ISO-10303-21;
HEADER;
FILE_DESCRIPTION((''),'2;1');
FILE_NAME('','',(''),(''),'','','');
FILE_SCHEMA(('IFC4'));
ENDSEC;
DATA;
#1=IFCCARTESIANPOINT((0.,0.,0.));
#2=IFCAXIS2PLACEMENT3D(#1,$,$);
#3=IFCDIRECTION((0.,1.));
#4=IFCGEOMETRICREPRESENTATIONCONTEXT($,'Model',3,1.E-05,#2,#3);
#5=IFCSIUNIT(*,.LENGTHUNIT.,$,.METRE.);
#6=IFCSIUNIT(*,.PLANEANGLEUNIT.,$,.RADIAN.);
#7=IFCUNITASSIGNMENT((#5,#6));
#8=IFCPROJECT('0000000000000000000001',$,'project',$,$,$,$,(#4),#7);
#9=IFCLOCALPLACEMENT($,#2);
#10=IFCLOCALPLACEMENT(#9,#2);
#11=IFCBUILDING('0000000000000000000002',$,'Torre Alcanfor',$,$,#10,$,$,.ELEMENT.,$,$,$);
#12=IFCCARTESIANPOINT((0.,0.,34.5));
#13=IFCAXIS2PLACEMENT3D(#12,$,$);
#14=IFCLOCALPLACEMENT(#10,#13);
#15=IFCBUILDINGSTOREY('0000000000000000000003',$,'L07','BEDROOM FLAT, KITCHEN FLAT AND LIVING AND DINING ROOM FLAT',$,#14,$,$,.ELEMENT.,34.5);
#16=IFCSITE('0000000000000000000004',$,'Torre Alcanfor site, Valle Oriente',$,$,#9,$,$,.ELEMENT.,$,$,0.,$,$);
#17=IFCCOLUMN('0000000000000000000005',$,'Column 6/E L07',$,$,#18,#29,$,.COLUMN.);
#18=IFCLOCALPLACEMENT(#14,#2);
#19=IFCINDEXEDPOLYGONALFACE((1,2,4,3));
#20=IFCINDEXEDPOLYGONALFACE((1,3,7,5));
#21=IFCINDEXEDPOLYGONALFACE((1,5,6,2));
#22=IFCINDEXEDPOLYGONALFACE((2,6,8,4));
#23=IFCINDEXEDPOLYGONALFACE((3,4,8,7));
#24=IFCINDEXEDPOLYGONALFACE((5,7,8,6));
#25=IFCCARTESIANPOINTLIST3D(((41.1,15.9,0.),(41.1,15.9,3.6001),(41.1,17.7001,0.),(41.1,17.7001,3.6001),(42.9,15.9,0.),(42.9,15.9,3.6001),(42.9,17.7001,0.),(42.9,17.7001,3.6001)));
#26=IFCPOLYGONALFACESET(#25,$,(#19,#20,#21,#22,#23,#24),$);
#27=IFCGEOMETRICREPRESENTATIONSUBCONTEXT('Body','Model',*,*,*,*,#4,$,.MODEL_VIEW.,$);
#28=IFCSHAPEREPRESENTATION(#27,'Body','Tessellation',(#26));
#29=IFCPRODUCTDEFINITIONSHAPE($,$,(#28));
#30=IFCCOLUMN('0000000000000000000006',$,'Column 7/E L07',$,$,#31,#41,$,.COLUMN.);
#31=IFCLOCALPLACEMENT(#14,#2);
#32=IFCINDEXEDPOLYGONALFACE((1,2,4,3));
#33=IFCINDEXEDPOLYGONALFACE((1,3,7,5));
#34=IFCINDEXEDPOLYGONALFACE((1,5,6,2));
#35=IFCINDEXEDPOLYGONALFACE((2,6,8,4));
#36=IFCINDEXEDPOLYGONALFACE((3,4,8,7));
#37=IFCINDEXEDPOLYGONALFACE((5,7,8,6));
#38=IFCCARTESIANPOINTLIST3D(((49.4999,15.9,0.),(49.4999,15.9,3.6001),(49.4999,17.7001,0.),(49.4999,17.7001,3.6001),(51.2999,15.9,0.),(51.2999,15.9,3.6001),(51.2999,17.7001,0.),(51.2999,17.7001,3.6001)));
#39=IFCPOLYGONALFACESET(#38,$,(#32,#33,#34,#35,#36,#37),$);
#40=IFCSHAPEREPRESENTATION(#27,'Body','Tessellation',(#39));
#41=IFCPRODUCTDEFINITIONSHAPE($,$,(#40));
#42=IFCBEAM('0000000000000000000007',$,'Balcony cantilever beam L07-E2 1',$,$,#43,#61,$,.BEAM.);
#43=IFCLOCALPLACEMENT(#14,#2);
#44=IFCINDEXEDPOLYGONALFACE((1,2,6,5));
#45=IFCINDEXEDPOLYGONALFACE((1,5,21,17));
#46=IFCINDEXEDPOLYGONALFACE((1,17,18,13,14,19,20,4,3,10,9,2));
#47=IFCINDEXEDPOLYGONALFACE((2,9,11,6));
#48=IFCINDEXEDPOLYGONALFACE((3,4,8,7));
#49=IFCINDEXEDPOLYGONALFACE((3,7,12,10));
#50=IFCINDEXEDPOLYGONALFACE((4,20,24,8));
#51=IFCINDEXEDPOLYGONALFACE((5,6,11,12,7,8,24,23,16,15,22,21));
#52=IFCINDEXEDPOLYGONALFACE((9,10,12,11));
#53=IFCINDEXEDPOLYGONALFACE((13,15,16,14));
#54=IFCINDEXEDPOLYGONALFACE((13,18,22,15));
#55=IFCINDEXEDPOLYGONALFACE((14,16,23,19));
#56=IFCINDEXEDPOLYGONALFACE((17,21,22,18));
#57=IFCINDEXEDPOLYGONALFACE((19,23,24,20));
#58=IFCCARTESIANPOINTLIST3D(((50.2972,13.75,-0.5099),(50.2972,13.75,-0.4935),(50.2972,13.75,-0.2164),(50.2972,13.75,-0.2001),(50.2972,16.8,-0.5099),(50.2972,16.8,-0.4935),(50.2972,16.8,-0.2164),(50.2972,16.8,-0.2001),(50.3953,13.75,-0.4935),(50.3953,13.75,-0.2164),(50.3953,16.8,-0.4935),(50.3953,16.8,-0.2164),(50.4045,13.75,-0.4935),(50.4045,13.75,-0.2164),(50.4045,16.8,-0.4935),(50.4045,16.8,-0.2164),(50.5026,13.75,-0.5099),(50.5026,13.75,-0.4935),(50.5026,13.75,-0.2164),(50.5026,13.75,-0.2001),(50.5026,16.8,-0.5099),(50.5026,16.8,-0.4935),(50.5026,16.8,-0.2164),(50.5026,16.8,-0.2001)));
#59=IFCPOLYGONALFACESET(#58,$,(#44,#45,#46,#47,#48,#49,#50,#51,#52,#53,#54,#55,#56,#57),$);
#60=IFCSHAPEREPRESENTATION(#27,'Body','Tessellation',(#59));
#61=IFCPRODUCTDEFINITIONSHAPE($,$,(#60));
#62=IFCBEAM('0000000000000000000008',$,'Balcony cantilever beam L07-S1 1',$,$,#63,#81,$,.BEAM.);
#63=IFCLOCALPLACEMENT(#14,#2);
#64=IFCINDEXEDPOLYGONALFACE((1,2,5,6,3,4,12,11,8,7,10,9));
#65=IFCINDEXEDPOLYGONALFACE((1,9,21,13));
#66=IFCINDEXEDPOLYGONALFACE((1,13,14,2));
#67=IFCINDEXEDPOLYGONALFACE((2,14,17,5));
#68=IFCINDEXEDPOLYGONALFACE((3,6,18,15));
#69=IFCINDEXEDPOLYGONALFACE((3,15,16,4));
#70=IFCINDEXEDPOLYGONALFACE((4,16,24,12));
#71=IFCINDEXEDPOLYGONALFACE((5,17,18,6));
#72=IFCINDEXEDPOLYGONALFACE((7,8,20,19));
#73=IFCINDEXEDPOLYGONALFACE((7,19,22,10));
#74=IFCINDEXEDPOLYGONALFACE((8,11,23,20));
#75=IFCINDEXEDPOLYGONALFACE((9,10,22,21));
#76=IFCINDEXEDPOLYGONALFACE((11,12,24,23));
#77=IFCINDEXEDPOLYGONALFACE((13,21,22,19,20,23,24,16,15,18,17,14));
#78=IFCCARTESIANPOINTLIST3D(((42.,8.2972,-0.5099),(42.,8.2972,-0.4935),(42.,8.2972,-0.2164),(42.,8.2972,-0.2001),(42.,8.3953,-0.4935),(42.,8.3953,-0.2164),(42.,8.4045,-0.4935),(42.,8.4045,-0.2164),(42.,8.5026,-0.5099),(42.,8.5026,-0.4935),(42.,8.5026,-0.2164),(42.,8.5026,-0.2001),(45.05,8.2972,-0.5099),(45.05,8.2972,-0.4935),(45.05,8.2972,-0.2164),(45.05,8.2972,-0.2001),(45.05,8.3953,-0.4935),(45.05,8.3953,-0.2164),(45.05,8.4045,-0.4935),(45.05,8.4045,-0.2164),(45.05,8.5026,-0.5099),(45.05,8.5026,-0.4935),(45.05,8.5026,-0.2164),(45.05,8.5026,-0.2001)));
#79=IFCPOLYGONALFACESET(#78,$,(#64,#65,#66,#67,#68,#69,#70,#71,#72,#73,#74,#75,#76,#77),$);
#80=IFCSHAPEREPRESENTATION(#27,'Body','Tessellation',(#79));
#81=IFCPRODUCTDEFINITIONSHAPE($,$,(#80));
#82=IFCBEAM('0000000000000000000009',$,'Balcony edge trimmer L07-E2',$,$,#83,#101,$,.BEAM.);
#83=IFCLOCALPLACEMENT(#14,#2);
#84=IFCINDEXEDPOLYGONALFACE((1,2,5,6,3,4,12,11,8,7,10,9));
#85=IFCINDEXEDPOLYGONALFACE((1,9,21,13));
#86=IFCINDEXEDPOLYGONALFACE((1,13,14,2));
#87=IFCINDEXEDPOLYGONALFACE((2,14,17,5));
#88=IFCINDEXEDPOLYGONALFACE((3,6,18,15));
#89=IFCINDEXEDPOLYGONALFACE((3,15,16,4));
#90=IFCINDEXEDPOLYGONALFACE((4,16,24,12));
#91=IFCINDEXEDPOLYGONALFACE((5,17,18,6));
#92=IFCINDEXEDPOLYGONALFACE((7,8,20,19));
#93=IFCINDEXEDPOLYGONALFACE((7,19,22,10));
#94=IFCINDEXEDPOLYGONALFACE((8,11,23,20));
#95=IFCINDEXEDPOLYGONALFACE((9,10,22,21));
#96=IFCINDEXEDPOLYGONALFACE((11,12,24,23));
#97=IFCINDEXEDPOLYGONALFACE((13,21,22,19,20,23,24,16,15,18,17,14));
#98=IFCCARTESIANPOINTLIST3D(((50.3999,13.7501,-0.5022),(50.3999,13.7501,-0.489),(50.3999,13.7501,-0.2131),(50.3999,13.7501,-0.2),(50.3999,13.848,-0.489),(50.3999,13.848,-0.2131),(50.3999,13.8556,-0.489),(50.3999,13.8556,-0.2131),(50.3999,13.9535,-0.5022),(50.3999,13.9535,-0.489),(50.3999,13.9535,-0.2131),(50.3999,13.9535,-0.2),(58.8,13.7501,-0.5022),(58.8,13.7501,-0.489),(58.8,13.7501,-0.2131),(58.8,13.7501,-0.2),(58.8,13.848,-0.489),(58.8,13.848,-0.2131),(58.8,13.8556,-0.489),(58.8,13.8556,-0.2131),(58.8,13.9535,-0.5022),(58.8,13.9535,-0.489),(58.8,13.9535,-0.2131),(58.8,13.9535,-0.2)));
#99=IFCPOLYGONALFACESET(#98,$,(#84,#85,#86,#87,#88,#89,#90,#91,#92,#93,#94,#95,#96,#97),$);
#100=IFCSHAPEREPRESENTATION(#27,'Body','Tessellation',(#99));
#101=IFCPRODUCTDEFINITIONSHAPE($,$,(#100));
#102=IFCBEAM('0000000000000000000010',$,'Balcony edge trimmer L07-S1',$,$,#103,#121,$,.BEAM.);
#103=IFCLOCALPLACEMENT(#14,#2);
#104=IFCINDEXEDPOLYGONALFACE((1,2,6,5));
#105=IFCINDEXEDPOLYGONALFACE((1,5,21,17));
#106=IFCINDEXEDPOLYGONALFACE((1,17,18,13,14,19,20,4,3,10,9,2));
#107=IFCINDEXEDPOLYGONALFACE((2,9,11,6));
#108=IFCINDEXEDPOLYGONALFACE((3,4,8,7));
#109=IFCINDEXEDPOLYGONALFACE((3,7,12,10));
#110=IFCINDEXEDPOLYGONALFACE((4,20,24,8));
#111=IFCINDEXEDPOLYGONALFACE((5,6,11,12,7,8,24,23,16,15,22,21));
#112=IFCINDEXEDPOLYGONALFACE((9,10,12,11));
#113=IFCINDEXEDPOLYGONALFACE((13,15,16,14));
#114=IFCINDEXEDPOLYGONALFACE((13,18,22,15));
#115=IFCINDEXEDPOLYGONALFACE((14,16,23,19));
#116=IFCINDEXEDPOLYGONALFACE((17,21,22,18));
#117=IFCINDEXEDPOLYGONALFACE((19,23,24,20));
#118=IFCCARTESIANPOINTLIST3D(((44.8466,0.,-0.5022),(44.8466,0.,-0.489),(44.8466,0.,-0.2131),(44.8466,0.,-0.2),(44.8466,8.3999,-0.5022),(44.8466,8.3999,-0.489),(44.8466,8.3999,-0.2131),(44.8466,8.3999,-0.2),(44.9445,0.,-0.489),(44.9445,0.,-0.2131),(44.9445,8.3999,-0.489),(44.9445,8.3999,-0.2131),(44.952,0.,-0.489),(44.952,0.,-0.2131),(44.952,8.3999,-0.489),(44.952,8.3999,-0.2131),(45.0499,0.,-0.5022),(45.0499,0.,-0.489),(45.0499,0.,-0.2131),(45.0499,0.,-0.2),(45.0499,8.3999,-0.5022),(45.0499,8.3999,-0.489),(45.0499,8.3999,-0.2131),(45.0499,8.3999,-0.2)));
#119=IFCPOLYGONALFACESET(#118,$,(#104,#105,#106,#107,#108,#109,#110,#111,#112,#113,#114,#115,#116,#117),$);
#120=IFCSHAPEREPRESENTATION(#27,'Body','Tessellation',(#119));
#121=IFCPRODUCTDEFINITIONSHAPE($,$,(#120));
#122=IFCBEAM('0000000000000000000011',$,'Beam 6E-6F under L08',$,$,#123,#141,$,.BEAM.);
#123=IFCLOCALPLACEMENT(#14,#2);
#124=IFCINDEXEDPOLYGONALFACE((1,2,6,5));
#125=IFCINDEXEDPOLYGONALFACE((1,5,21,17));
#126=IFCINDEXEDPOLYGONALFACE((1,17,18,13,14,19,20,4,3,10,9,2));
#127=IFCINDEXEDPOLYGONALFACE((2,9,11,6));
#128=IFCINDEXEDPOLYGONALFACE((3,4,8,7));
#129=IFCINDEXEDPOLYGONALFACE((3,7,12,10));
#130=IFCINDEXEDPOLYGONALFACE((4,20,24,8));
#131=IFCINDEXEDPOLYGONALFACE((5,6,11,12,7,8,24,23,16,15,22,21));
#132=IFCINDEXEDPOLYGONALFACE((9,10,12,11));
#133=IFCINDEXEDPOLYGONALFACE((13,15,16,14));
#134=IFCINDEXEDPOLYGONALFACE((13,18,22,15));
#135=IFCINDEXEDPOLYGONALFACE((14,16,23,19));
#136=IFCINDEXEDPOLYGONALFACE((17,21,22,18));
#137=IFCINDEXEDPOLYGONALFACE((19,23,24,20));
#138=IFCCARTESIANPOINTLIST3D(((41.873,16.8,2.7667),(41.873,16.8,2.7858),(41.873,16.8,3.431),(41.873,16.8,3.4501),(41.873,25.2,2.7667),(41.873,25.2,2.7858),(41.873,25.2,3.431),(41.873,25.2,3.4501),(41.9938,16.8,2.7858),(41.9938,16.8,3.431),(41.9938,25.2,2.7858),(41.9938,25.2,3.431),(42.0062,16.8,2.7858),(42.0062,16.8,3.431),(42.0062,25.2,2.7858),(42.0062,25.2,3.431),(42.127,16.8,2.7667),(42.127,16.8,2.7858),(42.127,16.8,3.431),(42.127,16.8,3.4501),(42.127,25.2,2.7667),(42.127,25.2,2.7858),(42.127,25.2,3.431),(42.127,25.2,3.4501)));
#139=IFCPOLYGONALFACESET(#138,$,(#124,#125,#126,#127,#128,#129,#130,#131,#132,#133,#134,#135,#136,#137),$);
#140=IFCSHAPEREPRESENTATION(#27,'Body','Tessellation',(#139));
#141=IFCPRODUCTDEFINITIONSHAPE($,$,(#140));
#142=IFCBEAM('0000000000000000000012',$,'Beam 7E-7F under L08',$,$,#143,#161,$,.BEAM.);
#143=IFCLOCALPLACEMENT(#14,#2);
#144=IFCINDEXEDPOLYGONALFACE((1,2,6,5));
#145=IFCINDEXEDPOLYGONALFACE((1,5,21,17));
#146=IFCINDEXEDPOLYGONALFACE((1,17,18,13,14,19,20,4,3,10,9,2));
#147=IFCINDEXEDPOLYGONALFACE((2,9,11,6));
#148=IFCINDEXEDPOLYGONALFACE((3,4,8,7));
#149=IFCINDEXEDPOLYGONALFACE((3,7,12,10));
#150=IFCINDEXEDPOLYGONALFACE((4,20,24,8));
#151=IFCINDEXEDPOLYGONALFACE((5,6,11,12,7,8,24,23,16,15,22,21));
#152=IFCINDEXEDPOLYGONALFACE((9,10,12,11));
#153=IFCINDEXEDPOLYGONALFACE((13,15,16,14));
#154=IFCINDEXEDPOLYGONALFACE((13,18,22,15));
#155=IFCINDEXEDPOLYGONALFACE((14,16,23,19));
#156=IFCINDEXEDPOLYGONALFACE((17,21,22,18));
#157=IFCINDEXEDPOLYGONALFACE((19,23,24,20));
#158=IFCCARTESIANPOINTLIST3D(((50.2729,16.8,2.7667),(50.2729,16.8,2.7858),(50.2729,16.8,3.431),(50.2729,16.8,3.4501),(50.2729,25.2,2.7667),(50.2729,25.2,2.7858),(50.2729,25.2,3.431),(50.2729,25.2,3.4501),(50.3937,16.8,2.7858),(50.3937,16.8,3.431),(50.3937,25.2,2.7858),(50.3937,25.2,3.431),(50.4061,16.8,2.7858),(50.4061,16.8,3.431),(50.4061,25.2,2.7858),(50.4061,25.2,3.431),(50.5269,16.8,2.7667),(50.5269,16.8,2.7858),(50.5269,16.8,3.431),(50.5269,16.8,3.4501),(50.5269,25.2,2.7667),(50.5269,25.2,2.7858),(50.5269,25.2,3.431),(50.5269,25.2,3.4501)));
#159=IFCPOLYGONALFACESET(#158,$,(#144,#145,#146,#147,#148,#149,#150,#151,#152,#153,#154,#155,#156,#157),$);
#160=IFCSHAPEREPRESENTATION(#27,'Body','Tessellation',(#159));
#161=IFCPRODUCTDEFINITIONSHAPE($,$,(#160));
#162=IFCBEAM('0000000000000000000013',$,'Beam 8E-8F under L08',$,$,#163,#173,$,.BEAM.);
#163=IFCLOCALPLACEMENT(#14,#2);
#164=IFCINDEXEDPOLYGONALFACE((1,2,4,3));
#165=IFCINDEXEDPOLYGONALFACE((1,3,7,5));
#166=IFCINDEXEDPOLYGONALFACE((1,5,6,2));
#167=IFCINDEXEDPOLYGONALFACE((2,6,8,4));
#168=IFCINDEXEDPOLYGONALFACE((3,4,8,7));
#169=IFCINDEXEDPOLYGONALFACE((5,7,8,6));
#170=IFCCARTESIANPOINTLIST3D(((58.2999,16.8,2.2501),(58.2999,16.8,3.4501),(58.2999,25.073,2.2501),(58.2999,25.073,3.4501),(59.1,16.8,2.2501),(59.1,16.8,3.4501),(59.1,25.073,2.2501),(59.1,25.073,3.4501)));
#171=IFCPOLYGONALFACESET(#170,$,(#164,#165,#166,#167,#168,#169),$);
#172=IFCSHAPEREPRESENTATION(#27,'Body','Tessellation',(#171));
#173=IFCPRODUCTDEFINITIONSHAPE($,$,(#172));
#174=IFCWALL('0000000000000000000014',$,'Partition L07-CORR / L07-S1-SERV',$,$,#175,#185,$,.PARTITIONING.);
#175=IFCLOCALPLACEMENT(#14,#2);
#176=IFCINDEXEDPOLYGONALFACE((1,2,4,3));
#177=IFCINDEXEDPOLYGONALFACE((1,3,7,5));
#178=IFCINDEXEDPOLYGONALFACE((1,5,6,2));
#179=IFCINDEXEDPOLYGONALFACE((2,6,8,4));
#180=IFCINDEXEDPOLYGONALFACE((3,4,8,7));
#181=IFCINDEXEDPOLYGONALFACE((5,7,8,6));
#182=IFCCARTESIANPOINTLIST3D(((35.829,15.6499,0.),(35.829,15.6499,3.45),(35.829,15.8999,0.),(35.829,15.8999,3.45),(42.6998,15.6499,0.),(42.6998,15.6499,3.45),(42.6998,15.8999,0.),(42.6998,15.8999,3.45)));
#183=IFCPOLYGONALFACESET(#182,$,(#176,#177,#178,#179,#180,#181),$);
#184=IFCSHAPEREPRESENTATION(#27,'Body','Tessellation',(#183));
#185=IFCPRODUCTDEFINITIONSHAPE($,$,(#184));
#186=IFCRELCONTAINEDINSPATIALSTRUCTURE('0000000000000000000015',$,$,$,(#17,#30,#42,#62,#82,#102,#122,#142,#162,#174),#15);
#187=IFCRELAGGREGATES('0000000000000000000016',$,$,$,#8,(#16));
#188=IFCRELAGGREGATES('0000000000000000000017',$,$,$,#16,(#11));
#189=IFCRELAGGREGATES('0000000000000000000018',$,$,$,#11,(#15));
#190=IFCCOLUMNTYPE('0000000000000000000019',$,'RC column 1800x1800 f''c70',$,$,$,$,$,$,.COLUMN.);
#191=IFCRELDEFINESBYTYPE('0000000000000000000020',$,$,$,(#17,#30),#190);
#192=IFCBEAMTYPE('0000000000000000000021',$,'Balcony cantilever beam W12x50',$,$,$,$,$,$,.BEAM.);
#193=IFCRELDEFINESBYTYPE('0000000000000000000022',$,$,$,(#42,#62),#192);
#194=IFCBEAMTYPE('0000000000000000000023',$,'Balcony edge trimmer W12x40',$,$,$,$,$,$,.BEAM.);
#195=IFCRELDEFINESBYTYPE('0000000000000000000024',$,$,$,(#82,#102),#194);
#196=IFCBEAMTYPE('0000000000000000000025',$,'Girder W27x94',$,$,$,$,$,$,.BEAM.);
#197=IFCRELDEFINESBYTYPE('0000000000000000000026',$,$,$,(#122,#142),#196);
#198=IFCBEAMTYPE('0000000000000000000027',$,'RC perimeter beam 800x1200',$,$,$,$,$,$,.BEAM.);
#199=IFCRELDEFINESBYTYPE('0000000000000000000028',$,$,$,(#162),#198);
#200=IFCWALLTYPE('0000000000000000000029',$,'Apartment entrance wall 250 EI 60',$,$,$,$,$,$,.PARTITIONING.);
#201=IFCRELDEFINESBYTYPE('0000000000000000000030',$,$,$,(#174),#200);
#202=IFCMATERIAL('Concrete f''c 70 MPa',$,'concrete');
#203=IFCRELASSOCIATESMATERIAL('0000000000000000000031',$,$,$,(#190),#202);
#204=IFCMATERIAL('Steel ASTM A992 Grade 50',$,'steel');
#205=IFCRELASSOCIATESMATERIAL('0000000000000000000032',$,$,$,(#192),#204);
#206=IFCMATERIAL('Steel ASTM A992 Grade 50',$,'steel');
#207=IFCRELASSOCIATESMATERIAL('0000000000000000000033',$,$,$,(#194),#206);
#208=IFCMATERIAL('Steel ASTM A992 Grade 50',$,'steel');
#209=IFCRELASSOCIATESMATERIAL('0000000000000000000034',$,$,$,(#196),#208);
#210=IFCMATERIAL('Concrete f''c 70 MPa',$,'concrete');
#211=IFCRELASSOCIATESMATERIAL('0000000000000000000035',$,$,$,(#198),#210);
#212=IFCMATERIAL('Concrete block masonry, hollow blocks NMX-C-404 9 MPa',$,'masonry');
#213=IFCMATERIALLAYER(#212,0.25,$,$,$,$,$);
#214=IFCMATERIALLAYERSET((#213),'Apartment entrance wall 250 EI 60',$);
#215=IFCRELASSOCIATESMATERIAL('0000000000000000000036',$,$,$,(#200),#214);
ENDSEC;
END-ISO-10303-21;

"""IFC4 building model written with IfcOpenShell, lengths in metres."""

from ifc_helpers import new_model, si_unit, direction, frame, frame_2d, origin, origin_2d, place, context, subcontext, project, spatial, rectangle, i_section, extrude, material, layer, layer_set, material_profile, profile_set, type_object, element, save


model = new_model("IFC4")

# Units and contexts
model_context = context("Model", 3, precision=1e-05, world=origin(), true_north=direction((0.0, 1.0)))
body_context = subcontext(model_context, "Body", "Model", "MODEL_VIEW")
ifc_project = project(units=[si_unit("LENGTHUNIT", "METRE"), si_unit("PLANEANGLEUNIT", "RADIAN")], contexts=[model_context])

# Site, building, storey
site_placement = place(None, origin())
site = spatial("IfcSite", under=ifc_project, at=site_placement, Name="Torre Alcanfor site, Valle Oriente", CompositionType="ELEMENT", RefElevation=0.0)
building_placement = place(site_placement, origin())
building = spatial("IfcBuilding", under=site, at=building_placement, Name="Torre Alcanfor", CompositionType="ELEMENT")
storey_placement = place(building_placement, frame((0.0, 0.0, 34.5)))
storey = spatial("IfcBuildingStorey", under=building, at=storey_placement, Name="L07", Description="BEDROOM FLAT, KITCHEN FLAT AND LIVING AND DINING ROOM FLAT", CompositionType="ELEMENT", Elevation=34.5)

# Columns
ifc_material_1 = material(Name="Concrete f'c 70 MPa", Category="concrete")
ifc_material_profile_1 = material_profile(ifc_material_1, rectangle(XDim=1.8, YDim=1.8, at=origin_2d()), Name="1800x1800")
ifc_profile_set_1 = profile_set([ifc_material_profile_1], Name="Concrete f'c 70 MPa")
column_type = type_object("IfcColumnType", Name="RC column 1800x1800 f'c70", PredefinedType="COLUMN", material=ifc_profile_set_1)
for number, where, z_axis, x_axis, name in (
    (1, (42.0, 16.8, 0.0), (0.0, 0.0, 1.0), (1.0, 0.0, 0.0), "Column 6/E L07"),
    (2, (50.3999, 16.8, 0.0), (0.0, 0.0, 1.0), (1.0, 0.0, 0.0), "Column 7/E L07"),
):
    element("IfcColumn", number, at=place(storey_placement, frame(where, z_axis=z_axis, x_axis=x_axis)), inside=storey, type_object=column_type, Name=name, PredefinedType="COLUMN", context=body_context, shape_type="SweptSolid", body=[
        extrude(rectangle(XDim=1.8, YDim=1.8, at=origin_2d()), origin(), (0.0, 0.0, 1.0), 3.6001),
    ])

# Beams
ifc_material_2 = material(Name="Steel ASTM A992 Grade 50", Category="steel")
ifc_material_profile_2 = material_profile(ifc_material_2, i_section(OverallWidth=0.2053, OverallDepth=0.3098, WebThickness=0.0093, FlangeThickness=0.0164, at=origin_2d()), Name="W12x50")
ifc_profile_set_2 = profile_set([ifc_material_profile_2], Name="Steel ASTM A992 Grade 50")
beam_type_1 = type_object("IfcBeamType", Name="Balcony cantilever beam W12x50", PredefinedType="BEAM", material=ifc_profile_set_2)
for number, where, z_axis, x_axis, name in (
    (3, (50.3999, 16.8, -0.355), (0.0, -1.0, 0.0), (1.0, 0.0, 0.0), "Balcony cantilever beam L07-E2 1"),
    (4, (42.0, 8.3999, -0.355), (1.0, 0.0, 0.0), (0.0, 1.0, 0.0), "Balcony cantilever beam L07-S1 1"),
):
    element("IfcBeam", number, at=place(storey_placement, frame(where, z_axis=z_axis, x_axis=x_axis)), inside=storey, type_object=beam_type_1, Name=name, PredefinedType="BEAM", context=body_context, shape_type="SweptSolid", body=[
        extrude(i_section(OverallWidth=0.2053, OverallDepth=0.3098, WebThickness=0.0093, FlangeThickness=0.0164, at=origin_2d()), origin(), (0.0, 0.0, 1.0), 3.05),
    ])
ifc_material_3 = material(Name="Steel ASTM A992 Grade 50", Category="steel")
ifc_material_profile_3 = material_profile(ifc_material_3, i_section(OverallWidth=0.2034, OverallDepth=0.3022, WebThickness=0.0076, FlangeThickness=0.0132, at=origin_2d()), Name="W12x40")
ifc_profile_set_3 = profile_set([ifc_material_profile_3], Name="Steel ASTM A992 Grade 50")
beam_type_2 = type_object("IfcBeamType", Name="Balcony edge trimmer W12x40", PredefinedType="BEAM", material=ifc_profile_set_3)
beam_1_placement = place(storey_placement, frame((50.3999, 13.8518, -0.3511), z_axis=(1.0, 0.0, 0.0), x_axis=(0.0, 1.0, 0.0)))
element("IfcBeam", 5, at=beam_1_placement, inside=storey, type_object=beam_type_2, Name="Balcony edge trimmer L07-E2", PredefinedType="BEAM", context=body_context, shape_type="SweptSolid", body=[
    extrude(i_section(OverallWidth=0.2034, OverallDepth=0.3022, WebThickness=0.0076, FlangeThickness=0.0132, at=origin_2d()), origin(), (0.0, 0.0, 1.0), 8.4001),
])
beam_2_placement = place(storey_placement, frame((44.9482, 8.3999, -0.3511), z_axis=(0.0, -1.0, 0.0), x_axis=(1.0, 0.0, 0.0)))
element("IfcBeam", 6, at=beam_2_placement, inside=storey, type_object=beam_type_2, Name="Balcony edge trimmer L07-S1", PredefinedType="BEAM", context=body_context, shape_type="SweptSolid", body=[
    extrude(i_section(OverallWidth=0.2034, OverallDepth=0.3022, WebThickness=0.0076, FlangeThickness=0.0132, at=origin_2d()), origin(), (0.0, 0.0, 1.0), 8.3999),
])
ifc_material_4 = material(Name="Steel ASTM A992 Grade 50", Category="steel")
ifc_material_profile_4 = material_profile(ifc_material_4, i_section(OverallWidth=0.2539, OverallDepth=0.6833, WebThickness=0.0125, FlangeThickness=0.019, at=origin_2d()), Name="W27x94")
ifc_profile_set_4 = profile_set([ifc_material_profile_4], Name="Steel ASTM A992 Grade 50")
beam_type_3 = type_object("IfcBeamType", Name="Girder W27x94", PredefinedType="BEAM", material=ifc_profile_set_4)
for number, where, z_axis, x_axis, name in (
    (7, (42.0, 16.8, 3.1084), (0.0, 1.0, 0.0), (-1.0, 0.0, 0.0), "Beam 6E-6F under L08"),
    (8, (50.3999, 16.8, 3.1084), (0.0, 1.0, 0.0), (-1.0, 0.0, 0.0), "Beam 7E-7F under L08"),
):
    element("IfcBeam", number, at=place(storey_placement, frame(where, z_axis=z_axis, x_axis=x_axis)), inside=storey, type_object=beam_type_3, Name=name, PredefinedType="BEAM", context=body_context, shape_type="SweptSolid", body=[
        extrude(i_section(OverallWidth=0.2539, OverallDepth=0.6833, WebThickness=0.0125, FlangeThickness=0.019, at=origin_2d()), origin(), (0.0, 0.0, 1.0), 8.3999),
    ])
ifc_material_5 = material(Name="Concrete f'c 70 MPa", Category="concrete")
ifc_material_profile_5 = material_profile(ifc_material_5, rectangle(XDim=0.8, YDim=1.2, at=origin_2d()), Name="800x1200")
ifc_profile_set_5 = profile_set([ifc_material_profile_5], Name="Concrete f'c 70 MPa")
beam_type_4 = type_object("IfcBeamType", Name="RC perimeter beam 800x1200", PredefinedType="BEAM", material=ifc_profile_set_5)
beam_3_placement = place(storey_placement, frame((58.7, 16.8, 2.8501), z_axis=(0.0, 1.0, 0.0), x_axis=(-1.0, 0.0, 0.0)))
element("IfcBeam", 9, at=beam_3_placement, inside=storey, type_object=beam_type_4, Name="Beam 8E-8F under L08", PredefinedType="BEAM", context=body_context, shape_type="SweptSolid", body=[
    extrude(rectangle(XDim=0.8, YDim=1.2, at=origin_2d()), origin(), (0.0, 0.0, 1.0), 8.2729),
])

# Wall
ifc_material_6 = material(Name="Concrete block masonry, hollow blocks NMX-C-404 9 MPa", Category="masonry")
ifc_layer_1 = layer(ifc_material_6, 0.25)
ifc_layer_set_1 = layer_set([ifc_layer_1], Name="Apartment entrance wall 250 EI 60")
wall_type_1 = type_object("IfcWallType", Name="Apartment entrance wall 250 EI 60", PredefinedType="PARTITIONING", material=ifc_layer_set_1)
wall_1_placement = place(storey_placement, frame((42.7, 15.7749, 0.0), z_axis=(0.0, 0.0, 1.0), x_axis=(-1.0, 0.0, 0.0)))
element("IfcWall", 10, at=wall_1_placement, inside=storey, type_object=wall_type_1, Name="Partition L07-CORR / L07-S1-SERV", PredefinedType="PARTITIONING", context=body_context, shape_type="SweptSolid", body=[
    extrude(rectangle(XDim=6.8708, YDim=0.25, at=frame_2d((3.4355, 0.0))), origin(), (0.0, 0.0, 1.0), 3.45),
])

save(model, "model.ifc")
